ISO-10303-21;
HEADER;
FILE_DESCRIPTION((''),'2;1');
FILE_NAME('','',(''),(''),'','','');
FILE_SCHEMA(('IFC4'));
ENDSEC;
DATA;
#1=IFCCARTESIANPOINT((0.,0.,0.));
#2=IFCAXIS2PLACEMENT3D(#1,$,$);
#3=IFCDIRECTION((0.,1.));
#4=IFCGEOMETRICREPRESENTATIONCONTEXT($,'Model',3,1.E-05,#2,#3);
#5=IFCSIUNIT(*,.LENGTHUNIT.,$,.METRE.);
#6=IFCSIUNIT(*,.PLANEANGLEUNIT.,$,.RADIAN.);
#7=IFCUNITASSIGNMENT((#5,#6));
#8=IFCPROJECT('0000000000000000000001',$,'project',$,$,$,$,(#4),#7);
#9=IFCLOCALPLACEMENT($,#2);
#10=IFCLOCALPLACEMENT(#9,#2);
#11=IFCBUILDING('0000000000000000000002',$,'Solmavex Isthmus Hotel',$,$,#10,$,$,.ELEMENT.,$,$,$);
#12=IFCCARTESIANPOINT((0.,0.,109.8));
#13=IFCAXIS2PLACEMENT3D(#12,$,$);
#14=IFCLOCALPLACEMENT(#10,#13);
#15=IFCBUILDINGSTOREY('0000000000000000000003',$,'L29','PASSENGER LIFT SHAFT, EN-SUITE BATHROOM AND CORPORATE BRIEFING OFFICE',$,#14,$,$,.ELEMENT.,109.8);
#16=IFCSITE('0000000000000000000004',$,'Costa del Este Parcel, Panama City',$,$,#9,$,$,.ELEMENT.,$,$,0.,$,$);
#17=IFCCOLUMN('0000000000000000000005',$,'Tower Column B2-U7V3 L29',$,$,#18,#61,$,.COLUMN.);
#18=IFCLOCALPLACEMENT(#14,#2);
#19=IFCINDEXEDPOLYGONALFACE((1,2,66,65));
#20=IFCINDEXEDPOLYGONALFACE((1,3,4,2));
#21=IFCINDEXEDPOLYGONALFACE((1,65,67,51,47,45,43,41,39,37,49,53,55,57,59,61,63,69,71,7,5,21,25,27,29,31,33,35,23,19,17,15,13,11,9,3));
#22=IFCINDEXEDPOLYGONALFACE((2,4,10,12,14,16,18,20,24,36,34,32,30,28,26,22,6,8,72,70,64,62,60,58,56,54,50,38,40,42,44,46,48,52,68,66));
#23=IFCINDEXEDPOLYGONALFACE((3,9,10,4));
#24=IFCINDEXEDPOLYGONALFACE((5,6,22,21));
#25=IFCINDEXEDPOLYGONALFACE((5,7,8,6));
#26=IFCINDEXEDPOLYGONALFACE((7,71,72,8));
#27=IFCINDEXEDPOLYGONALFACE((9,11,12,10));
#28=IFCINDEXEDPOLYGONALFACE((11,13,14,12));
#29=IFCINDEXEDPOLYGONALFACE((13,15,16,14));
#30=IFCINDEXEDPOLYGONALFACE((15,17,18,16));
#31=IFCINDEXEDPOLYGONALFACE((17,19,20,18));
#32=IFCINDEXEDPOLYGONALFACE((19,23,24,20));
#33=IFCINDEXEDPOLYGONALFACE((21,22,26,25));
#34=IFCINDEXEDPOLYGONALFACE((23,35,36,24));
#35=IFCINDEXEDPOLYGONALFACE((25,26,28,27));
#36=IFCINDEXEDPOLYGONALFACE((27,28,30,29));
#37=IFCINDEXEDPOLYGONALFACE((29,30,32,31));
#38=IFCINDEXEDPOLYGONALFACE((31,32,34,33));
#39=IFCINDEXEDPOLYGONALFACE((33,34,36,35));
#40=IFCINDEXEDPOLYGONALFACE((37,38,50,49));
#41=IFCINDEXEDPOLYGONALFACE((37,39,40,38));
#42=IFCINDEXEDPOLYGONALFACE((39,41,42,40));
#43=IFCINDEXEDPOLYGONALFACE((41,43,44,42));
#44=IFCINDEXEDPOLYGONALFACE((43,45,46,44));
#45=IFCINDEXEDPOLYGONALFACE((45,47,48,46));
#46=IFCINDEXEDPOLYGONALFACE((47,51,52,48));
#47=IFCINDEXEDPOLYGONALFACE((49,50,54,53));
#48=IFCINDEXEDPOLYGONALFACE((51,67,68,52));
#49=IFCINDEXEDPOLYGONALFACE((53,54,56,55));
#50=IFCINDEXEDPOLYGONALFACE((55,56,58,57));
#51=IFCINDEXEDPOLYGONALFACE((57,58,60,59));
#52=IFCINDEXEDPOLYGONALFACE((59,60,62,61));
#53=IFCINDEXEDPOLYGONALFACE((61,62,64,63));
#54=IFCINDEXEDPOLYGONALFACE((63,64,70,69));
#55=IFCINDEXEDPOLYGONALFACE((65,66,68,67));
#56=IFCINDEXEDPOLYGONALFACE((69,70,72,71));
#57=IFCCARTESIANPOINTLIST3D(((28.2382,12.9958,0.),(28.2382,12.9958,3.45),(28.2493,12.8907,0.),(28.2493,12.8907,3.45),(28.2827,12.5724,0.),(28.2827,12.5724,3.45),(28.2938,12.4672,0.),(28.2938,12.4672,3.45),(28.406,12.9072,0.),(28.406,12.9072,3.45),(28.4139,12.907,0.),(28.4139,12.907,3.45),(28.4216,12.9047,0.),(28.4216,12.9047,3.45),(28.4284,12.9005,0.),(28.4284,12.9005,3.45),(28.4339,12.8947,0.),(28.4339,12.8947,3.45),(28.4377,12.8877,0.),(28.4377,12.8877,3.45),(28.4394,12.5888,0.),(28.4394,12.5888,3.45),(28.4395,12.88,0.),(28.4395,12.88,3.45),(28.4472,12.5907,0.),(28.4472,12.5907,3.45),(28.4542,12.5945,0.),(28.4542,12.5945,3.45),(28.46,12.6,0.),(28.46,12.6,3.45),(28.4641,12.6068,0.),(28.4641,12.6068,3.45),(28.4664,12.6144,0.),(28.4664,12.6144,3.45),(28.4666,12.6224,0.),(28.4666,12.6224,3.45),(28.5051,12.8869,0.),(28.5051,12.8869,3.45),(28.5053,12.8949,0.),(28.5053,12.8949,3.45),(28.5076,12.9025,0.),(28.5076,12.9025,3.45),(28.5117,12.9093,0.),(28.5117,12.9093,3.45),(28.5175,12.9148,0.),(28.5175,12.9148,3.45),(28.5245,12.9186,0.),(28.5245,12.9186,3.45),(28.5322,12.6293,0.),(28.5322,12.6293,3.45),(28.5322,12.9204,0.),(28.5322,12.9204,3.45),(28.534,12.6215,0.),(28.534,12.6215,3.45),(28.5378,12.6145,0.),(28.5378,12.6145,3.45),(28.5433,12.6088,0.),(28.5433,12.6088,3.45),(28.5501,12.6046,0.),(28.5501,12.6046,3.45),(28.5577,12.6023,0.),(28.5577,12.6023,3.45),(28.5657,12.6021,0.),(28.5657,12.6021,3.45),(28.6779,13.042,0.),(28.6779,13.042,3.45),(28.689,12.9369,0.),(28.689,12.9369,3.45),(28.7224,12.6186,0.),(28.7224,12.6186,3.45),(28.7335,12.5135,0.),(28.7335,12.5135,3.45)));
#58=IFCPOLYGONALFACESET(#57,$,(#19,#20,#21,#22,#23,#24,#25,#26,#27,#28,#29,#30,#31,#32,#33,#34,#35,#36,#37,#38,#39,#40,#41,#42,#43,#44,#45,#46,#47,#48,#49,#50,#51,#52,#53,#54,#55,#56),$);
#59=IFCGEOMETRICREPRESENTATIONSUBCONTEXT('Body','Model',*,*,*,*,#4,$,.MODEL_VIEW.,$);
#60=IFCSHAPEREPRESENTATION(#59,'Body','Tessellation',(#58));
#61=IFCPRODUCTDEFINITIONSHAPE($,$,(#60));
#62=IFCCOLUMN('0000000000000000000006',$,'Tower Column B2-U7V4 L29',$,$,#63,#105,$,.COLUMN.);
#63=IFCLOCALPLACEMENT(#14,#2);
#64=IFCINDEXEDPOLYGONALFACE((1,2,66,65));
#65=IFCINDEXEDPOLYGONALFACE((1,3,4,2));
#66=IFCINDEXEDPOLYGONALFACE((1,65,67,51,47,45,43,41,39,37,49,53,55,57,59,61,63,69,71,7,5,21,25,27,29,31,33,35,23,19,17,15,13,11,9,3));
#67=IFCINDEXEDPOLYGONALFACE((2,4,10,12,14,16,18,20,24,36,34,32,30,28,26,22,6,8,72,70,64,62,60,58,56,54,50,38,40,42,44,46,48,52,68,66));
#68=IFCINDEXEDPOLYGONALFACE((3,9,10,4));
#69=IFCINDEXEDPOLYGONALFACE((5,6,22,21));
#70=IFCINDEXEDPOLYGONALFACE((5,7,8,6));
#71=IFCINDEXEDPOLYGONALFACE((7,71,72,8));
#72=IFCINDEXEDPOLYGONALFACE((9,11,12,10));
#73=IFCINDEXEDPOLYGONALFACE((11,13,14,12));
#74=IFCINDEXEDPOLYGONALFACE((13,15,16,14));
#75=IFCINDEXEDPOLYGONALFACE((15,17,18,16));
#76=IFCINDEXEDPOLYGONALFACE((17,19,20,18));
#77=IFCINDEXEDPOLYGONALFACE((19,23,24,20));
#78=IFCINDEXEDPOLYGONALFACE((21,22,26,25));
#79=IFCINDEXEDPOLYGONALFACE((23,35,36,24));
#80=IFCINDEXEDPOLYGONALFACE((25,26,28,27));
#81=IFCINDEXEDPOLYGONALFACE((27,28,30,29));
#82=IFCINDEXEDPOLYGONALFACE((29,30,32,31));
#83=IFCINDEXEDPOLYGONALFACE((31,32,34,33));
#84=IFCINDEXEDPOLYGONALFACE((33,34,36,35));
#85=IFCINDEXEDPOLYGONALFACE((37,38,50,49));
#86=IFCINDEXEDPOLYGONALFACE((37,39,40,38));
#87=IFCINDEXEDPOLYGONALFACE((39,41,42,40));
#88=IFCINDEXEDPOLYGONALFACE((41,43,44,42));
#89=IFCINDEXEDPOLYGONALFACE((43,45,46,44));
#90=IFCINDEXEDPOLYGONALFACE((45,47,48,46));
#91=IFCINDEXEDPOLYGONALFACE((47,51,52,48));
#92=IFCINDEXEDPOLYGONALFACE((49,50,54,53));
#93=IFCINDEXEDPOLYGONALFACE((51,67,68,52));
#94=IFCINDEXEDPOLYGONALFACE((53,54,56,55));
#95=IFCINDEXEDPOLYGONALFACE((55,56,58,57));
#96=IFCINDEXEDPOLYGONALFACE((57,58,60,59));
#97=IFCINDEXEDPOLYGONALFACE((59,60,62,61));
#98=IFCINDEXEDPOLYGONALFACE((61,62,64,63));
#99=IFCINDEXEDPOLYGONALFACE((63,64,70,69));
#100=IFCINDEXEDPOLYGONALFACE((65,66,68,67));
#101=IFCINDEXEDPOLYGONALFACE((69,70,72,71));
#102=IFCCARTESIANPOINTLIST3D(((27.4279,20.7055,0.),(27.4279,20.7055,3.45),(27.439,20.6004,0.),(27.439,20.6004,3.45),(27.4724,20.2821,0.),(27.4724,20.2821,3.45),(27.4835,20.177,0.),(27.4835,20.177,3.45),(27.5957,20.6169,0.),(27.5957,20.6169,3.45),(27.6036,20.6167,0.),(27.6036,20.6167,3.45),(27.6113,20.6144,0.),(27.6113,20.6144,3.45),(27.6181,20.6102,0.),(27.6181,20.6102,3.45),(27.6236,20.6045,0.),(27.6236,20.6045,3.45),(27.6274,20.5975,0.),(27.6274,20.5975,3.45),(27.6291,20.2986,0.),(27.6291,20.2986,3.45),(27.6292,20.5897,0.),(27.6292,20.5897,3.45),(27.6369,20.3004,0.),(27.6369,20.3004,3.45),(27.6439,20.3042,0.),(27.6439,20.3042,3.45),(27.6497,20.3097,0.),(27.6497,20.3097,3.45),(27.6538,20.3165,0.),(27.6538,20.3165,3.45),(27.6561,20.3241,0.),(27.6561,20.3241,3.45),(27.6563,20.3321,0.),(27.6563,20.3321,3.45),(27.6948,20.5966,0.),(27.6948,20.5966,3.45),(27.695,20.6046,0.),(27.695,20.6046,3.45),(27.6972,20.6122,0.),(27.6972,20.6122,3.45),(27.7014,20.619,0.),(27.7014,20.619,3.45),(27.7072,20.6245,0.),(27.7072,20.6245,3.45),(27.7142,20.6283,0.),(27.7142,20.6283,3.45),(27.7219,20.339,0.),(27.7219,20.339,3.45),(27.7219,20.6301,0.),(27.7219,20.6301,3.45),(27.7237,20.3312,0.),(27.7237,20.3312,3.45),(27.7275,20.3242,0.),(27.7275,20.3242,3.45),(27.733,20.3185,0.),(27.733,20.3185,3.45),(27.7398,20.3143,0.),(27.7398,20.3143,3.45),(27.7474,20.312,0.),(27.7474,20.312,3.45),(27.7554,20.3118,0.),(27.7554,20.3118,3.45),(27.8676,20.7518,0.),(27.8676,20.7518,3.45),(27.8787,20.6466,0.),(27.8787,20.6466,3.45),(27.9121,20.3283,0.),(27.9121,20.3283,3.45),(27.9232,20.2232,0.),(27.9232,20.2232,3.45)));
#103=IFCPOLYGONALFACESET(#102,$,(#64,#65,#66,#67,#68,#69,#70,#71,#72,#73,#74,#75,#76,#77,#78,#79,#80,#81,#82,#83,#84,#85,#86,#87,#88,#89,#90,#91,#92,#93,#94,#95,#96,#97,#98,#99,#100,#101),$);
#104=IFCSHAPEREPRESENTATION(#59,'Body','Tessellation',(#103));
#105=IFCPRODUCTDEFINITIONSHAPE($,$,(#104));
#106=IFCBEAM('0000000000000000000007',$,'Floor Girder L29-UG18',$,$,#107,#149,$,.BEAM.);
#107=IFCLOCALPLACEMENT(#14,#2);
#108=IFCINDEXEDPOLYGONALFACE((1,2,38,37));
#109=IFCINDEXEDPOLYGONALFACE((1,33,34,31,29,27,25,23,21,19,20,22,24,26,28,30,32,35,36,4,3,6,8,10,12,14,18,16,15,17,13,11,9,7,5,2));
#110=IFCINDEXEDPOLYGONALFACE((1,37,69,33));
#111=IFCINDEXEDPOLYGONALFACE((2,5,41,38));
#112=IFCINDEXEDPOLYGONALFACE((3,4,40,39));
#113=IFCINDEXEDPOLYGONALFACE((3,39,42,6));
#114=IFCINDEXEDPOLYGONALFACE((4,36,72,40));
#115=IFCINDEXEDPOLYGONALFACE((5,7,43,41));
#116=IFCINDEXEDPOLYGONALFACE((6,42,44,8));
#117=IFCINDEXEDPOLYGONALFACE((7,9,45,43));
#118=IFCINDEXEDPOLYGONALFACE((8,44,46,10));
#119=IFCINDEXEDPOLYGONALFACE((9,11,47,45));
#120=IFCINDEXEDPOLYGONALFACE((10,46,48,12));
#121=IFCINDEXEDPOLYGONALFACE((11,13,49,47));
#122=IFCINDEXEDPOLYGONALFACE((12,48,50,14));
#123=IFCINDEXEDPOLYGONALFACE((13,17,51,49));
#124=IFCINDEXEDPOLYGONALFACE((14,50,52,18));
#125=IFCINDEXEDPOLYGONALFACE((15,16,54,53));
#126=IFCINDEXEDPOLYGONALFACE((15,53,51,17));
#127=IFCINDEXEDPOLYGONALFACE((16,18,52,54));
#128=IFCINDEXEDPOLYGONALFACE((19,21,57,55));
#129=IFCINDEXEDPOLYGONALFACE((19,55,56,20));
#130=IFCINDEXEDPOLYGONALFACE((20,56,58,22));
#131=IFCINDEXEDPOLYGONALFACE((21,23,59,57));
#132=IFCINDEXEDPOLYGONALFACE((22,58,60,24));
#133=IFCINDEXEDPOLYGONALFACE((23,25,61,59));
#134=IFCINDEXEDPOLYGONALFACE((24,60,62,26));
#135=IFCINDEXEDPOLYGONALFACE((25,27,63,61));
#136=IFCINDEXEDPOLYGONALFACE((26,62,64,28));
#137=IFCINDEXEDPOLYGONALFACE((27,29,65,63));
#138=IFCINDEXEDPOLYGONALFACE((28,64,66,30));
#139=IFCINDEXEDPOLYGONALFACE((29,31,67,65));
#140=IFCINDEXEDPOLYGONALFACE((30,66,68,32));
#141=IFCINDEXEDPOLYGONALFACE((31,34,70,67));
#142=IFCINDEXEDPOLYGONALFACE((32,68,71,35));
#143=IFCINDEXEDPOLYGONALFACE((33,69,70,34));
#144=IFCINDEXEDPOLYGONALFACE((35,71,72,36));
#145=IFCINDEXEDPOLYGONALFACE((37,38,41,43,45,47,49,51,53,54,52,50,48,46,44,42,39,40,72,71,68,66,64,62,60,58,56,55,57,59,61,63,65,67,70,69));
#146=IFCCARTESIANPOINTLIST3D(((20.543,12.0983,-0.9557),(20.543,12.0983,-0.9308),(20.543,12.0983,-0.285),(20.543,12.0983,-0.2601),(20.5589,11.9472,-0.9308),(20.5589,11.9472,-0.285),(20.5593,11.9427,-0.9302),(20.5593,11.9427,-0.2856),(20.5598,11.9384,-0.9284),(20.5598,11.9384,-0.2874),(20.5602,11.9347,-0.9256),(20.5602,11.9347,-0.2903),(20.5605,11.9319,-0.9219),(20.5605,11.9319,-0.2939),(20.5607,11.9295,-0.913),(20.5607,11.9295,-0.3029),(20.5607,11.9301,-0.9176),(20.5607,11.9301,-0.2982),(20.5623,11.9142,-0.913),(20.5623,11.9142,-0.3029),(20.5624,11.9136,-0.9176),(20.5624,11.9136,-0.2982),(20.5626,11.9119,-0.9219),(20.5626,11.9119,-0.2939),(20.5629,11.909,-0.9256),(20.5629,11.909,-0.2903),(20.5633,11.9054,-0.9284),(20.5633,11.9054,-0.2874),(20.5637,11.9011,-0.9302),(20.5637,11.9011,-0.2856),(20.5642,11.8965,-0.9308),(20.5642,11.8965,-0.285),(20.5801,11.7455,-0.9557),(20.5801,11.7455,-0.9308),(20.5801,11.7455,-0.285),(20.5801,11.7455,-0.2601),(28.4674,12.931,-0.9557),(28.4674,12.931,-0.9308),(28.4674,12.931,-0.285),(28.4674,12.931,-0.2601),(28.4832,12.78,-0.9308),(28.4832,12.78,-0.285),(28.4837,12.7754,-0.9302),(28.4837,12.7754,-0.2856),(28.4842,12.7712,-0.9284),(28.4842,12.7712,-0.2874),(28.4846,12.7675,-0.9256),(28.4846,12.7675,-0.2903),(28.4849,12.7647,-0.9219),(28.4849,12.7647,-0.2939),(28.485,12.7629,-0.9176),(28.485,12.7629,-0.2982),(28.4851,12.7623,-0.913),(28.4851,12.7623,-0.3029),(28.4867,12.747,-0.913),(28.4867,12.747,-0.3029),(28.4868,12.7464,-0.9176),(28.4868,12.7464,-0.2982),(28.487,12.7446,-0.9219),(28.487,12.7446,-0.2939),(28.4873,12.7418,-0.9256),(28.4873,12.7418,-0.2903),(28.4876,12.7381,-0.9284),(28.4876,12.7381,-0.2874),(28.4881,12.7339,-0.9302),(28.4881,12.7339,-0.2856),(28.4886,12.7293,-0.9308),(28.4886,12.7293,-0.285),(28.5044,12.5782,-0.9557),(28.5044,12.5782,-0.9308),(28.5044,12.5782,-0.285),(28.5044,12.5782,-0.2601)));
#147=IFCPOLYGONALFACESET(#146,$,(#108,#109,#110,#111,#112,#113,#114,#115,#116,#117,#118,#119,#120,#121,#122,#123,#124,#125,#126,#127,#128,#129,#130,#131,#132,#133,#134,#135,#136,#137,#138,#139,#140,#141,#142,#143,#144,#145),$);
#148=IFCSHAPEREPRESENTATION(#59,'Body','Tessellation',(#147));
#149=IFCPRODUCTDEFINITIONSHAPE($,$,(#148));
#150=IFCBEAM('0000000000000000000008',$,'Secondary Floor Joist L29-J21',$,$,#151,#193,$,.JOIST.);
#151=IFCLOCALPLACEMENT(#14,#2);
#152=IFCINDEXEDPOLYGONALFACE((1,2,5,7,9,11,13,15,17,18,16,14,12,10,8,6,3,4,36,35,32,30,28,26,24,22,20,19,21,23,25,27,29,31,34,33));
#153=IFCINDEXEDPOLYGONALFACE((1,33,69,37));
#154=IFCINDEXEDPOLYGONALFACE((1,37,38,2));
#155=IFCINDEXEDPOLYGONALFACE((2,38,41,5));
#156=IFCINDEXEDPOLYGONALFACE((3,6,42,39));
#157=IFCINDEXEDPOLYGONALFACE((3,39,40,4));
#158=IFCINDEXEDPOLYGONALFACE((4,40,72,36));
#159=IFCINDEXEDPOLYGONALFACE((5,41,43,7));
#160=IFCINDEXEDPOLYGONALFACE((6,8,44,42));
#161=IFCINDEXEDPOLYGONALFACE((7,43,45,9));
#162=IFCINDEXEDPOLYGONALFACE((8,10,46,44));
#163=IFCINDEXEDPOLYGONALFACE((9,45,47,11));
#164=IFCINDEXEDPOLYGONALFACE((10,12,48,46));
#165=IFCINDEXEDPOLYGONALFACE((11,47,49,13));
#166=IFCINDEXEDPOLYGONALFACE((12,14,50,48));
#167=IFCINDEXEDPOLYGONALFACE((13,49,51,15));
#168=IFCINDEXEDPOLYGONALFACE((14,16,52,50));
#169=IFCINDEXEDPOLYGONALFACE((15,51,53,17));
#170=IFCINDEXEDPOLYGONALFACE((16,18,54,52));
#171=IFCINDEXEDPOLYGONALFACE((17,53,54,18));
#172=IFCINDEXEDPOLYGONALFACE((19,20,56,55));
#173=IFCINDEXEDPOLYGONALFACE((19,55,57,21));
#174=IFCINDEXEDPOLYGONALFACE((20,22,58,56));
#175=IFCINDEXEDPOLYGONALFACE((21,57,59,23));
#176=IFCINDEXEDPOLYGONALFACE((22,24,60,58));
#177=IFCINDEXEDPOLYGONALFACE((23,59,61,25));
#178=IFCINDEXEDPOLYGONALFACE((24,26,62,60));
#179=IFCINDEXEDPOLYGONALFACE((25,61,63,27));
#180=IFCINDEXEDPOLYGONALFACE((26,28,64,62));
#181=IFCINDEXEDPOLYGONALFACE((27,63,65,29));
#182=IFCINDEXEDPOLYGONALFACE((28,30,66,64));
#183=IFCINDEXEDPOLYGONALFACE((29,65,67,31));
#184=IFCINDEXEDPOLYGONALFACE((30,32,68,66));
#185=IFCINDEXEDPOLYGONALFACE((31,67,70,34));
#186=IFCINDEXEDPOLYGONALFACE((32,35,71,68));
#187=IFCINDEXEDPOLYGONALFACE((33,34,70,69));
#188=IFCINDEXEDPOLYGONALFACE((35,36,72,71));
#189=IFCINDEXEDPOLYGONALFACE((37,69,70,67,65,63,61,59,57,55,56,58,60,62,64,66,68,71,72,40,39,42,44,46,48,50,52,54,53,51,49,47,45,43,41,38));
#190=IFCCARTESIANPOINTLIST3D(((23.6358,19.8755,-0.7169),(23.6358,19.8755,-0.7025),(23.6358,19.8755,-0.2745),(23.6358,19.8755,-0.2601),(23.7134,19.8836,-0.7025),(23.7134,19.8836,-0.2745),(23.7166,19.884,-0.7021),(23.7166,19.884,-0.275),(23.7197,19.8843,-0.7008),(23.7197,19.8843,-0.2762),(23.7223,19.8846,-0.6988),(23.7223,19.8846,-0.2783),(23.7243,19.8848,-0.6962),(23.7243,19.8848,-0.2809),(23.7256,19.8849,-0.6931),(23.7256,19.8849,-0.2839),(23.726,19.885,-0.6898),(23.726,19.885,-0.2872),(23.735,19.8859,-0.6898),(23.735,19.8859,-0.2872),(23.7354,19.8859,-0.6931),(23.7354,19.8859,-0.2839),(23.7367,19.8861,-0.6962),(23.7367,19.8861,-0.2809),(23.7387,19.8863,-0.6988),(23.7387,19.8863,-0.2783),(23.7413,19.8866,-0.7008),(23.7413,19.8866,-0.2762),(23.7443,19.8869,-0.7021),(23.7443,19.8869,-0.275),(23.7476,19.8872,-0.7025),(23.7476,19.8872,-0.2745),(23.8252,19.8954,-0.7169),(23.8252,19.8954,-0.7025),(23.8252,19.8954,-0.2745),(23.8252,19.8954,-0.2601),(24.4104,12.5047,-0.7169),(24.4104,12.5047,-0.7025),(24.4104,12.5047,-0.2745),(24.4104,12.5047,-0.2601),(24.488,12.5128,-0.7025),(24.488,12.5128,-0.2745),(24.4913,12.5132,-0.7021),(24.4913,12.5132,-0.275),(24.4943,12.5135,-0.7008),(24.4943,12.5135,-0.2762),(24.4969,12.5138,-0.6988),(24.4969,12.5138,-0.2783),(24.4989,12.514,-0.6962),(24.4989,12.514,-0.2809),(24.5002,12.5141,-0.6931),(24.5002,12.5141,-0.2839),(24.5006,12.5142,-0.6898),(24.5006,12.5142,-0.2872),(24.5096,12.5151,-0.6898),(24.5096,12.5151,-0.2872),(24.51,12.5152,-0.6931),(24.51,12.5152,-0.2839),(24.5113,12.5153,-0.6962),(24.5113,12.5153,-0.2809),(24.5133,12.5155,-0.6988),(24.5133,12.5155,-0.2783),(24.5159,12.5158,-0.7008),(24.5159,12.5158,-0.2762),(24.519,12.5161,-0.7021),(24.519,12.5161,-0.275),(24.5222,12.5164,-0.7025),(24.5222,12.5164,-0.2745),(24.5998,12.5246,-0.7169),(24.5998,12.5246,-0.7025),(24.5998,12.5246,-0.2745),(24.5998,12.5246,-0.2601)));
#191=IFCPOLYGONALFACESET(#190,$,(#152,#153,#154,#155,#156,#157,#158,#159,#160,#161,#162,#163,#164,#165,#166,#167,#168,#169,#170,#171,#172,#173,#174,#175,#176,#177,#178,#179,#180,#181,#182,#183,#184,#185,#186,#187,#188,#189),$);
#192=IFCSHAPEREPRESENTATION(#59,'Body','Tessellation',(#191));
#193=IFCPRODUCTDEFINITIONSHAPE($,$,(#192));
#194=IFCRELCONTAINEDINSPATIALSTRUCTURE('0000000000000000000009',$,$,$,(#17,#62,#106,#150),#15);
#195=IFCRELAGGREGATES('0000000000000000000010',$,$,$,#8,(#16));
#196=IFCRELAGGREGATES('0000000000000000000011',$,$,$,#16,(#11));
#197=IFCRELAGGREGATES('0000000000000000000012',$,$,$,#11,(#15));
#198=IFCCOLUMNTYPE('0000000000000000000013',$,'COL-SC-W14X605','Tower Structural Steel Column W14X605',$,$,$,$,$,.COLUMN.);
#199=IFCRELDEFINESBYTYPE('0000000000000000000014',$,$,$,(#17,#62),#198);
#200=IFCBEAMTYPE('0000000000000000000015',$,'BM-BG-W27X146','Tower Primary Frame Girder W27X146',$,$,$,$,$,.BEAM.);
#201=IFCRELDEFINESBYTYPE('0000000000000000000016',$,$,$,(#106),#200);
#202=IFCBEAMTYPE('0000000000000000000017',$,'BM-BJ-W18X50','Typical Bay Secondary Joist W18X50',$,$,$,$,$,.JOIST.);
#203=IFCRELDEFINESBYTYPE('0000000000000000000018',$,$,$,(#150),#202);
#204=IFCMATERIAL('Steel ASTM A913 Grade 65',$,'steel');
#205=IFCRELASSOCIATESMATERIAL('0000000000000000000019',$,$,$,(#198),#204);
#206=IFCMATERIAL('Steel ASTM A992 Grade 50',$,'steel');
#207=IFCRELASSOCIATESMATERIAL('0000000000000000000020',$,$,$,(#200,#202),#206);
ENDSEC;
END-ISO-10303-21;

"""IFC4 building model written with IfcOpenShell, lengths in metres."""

from ifc_helpers import new_model, si_unit, direction, frame, origin, origin_2d, place, context, subcontext, project, spatial, i_section, extrude, material, material_profile, profile_set, type_object, element, save


model = new_model("IFC4")

# Units and contexts
model_context = context("Model", 3, precision=1e-05, world=origin(), true_north=direction((0.0, 1.0)))
body_context = subcontext(model_context, "Body", "Model", "MODEL_VIEW")
ifc_project = project(units=[si_unit("LENGTHUNIT", "METRE"), si_unit("PLANEANGLEUNIT", "RADIAN")], contexts=[model_context])

# Site, building, storey
site_placement = place(None, origin())
site = spatial("IfcSite", under=ifc_project, at=site_placement, Name="Costa del Este Parcel, Panama City", CompositionType="ELEMENT", RefElevation=0.0)
building_placement = place(site_placement, origin())
building = spatial("IfcBuilding", under=site, at=building_placement, Name="Solmavex Isthmus Hotel", CompositionType="ELEMENT")
storey_placement = place(building_placement, frame((0.0, 0.0, 109.8)))
storey = spatial("IfcBuildingStorey", under=building, at=storey_placement, Name="L29", Description="PASSENGER LIFT SHAFT, EN-SUITE BATHROOM AND CORPORATE BRIEFING OFFICE", CompositionType="ELEMENT", Elevation=109.8)

# Columns
ifc_material_1 = material(Name="Steel ASTM A913 Grade 65", Category="steel")
ifc_material_profile_1 = material_profile(ifc_material_1, i_section(OverallWidth=0.4421, OverallDepth=0.5315, WebThickness=0.0659, FlangeThickness=0.1057, FilletRadius=0.0305, at=origin_2d()), Name="W14X605")
ifc_profile_set_1 = profile_set([ifc_material_profile_1], Name="Steel ASTM A913 Grade 65")
column_type = type_object("IfcColumnType", Name="COL-SC-W14X605", Description="Tower Structural Steel Column W14X605", PredefinedType="COLUMN", material=ifc_profile_set_1)
for number, where, z_axis, x_axis, name in (
    (1, (28.4858, 12.7546, 0.0), (0.0, 0.0, 1.0), (0.994522, 0.104528, 0.0), "Tower Column B2-U7V3 L29"),
    (2, (27.6755, 20.4644, 0.0), (0.0, 0.0, 1.0), (0.994522, 0.104528, 0.0), "Tower Column B2-U7V4 L29"),
):
    element("IfcColumn", number, at=place(storey_placement, frame(where, z_axis=z_axis, x_axis=x_axis)), inside=storey, type_object=column_type, Name=name, PredefinedType="COLUMN", context=body_context, shape_type="SweptSolid", body=[
        extrude(i_section(OverallWidth=0.4421, OverallDepth=0.5315, WebThickness=0.0659, FlangeThickness=0.1057, FilletRadius=0.0305, at=origin_2d()), origin(), (0.0, 0.0, 1.0), 3.45),
    ])

# Beams
ifc_material_2 = material(Name="Steel ASTM A992 Grade 50", Category="steel")
ifc_material_profile_2 = material_profile(ifc_material_2, i_section(OverallWidth=0.3547, OverallDepth=0.6956, WebThickness=0.0154, FlangeThickness=0.0249, FilletRadius=0.0178, at=origin_2d()), Name="W27X146")
ifc_profile_set_2 = profile_set([ifc_material_profile_2], Name="Steel ASTM A992 Grade 50")
beam_type_1 = type_object("IfcBeamType", Name="BM-BG-W27X146", Description="Tower Primary Frame Girder W27X146", PredefinedType="BEAM", material=ifc_profile_set_2)
beam_1_placement = place(storey_placement, frame((20.5615, 11.9219, -0.6079), z_axis=(0.994523, 0.104514, 0.0), x_axis=(-0.104514, 0.994523, 0.0)))
element("IfcBeam", 3, at=beam_1_placement, inside=storey, type_object=beam_type_1, Name="Floor Girder L29-UG18", PredefinedType="BEAM", context=body_context, shape_type="SweptSolid", body=[
    extrude(i_section(OverallWidth=0.3547, OverallDepth=0.6956, WebThickness=0.0154, FlangeThickness=0.0249, FilletRadius=0.0178, at=origin_2d()), origin(), (0.0, 0.0, 1.0), 7.968),
])
ifc_material_profile_3 = material_profile(ifc_material_2, i_section(OverallWidth=0.1904, OverallDepth=0.4568, WebThickness=0.009, FlangeThickness=0.0144, FilletRadius=0.0127, at=origin_2d()), Name="W18X50")
ifc_profile_set_3 = profile_set([ifc_material_profile_3], Name="Steel ASTM A992 Grade 50")
beam_type_2 = type_object("IfcBeamType", Name="BM-BJ-W18X50", Description="Typical Bay Secondary Joist W18X50", PredefinedType="JOIST", material=ifc_profile_set_3)
beam_2_placement = place(storey_placement, frame((24.5051, 12.5146, -0.4885), z_axis=(-0.104522, 0.994523, 0.0), x_axis=(-0.994523, -0.104522, 0.0)))
element("IfcBeam", 4, at=beam_2_placement, inside=storey, type_object=beam_type_2, Name="Secondary Floor Joist L29-J21", PredefinedType="JOIST", context=body_context, shape_type="SweptSolid", body=[
    extrude(i_section(OverallWidth=0.1904, OverallDepth=0.4568, WebThickness=0.009, FlangeThickness=0.0144, FilletRadius=0.0127, at=origin_2d()), origin(), (0.0, 0.0, 1.0), 7.4114),
])

save(model, "model.ifc")
